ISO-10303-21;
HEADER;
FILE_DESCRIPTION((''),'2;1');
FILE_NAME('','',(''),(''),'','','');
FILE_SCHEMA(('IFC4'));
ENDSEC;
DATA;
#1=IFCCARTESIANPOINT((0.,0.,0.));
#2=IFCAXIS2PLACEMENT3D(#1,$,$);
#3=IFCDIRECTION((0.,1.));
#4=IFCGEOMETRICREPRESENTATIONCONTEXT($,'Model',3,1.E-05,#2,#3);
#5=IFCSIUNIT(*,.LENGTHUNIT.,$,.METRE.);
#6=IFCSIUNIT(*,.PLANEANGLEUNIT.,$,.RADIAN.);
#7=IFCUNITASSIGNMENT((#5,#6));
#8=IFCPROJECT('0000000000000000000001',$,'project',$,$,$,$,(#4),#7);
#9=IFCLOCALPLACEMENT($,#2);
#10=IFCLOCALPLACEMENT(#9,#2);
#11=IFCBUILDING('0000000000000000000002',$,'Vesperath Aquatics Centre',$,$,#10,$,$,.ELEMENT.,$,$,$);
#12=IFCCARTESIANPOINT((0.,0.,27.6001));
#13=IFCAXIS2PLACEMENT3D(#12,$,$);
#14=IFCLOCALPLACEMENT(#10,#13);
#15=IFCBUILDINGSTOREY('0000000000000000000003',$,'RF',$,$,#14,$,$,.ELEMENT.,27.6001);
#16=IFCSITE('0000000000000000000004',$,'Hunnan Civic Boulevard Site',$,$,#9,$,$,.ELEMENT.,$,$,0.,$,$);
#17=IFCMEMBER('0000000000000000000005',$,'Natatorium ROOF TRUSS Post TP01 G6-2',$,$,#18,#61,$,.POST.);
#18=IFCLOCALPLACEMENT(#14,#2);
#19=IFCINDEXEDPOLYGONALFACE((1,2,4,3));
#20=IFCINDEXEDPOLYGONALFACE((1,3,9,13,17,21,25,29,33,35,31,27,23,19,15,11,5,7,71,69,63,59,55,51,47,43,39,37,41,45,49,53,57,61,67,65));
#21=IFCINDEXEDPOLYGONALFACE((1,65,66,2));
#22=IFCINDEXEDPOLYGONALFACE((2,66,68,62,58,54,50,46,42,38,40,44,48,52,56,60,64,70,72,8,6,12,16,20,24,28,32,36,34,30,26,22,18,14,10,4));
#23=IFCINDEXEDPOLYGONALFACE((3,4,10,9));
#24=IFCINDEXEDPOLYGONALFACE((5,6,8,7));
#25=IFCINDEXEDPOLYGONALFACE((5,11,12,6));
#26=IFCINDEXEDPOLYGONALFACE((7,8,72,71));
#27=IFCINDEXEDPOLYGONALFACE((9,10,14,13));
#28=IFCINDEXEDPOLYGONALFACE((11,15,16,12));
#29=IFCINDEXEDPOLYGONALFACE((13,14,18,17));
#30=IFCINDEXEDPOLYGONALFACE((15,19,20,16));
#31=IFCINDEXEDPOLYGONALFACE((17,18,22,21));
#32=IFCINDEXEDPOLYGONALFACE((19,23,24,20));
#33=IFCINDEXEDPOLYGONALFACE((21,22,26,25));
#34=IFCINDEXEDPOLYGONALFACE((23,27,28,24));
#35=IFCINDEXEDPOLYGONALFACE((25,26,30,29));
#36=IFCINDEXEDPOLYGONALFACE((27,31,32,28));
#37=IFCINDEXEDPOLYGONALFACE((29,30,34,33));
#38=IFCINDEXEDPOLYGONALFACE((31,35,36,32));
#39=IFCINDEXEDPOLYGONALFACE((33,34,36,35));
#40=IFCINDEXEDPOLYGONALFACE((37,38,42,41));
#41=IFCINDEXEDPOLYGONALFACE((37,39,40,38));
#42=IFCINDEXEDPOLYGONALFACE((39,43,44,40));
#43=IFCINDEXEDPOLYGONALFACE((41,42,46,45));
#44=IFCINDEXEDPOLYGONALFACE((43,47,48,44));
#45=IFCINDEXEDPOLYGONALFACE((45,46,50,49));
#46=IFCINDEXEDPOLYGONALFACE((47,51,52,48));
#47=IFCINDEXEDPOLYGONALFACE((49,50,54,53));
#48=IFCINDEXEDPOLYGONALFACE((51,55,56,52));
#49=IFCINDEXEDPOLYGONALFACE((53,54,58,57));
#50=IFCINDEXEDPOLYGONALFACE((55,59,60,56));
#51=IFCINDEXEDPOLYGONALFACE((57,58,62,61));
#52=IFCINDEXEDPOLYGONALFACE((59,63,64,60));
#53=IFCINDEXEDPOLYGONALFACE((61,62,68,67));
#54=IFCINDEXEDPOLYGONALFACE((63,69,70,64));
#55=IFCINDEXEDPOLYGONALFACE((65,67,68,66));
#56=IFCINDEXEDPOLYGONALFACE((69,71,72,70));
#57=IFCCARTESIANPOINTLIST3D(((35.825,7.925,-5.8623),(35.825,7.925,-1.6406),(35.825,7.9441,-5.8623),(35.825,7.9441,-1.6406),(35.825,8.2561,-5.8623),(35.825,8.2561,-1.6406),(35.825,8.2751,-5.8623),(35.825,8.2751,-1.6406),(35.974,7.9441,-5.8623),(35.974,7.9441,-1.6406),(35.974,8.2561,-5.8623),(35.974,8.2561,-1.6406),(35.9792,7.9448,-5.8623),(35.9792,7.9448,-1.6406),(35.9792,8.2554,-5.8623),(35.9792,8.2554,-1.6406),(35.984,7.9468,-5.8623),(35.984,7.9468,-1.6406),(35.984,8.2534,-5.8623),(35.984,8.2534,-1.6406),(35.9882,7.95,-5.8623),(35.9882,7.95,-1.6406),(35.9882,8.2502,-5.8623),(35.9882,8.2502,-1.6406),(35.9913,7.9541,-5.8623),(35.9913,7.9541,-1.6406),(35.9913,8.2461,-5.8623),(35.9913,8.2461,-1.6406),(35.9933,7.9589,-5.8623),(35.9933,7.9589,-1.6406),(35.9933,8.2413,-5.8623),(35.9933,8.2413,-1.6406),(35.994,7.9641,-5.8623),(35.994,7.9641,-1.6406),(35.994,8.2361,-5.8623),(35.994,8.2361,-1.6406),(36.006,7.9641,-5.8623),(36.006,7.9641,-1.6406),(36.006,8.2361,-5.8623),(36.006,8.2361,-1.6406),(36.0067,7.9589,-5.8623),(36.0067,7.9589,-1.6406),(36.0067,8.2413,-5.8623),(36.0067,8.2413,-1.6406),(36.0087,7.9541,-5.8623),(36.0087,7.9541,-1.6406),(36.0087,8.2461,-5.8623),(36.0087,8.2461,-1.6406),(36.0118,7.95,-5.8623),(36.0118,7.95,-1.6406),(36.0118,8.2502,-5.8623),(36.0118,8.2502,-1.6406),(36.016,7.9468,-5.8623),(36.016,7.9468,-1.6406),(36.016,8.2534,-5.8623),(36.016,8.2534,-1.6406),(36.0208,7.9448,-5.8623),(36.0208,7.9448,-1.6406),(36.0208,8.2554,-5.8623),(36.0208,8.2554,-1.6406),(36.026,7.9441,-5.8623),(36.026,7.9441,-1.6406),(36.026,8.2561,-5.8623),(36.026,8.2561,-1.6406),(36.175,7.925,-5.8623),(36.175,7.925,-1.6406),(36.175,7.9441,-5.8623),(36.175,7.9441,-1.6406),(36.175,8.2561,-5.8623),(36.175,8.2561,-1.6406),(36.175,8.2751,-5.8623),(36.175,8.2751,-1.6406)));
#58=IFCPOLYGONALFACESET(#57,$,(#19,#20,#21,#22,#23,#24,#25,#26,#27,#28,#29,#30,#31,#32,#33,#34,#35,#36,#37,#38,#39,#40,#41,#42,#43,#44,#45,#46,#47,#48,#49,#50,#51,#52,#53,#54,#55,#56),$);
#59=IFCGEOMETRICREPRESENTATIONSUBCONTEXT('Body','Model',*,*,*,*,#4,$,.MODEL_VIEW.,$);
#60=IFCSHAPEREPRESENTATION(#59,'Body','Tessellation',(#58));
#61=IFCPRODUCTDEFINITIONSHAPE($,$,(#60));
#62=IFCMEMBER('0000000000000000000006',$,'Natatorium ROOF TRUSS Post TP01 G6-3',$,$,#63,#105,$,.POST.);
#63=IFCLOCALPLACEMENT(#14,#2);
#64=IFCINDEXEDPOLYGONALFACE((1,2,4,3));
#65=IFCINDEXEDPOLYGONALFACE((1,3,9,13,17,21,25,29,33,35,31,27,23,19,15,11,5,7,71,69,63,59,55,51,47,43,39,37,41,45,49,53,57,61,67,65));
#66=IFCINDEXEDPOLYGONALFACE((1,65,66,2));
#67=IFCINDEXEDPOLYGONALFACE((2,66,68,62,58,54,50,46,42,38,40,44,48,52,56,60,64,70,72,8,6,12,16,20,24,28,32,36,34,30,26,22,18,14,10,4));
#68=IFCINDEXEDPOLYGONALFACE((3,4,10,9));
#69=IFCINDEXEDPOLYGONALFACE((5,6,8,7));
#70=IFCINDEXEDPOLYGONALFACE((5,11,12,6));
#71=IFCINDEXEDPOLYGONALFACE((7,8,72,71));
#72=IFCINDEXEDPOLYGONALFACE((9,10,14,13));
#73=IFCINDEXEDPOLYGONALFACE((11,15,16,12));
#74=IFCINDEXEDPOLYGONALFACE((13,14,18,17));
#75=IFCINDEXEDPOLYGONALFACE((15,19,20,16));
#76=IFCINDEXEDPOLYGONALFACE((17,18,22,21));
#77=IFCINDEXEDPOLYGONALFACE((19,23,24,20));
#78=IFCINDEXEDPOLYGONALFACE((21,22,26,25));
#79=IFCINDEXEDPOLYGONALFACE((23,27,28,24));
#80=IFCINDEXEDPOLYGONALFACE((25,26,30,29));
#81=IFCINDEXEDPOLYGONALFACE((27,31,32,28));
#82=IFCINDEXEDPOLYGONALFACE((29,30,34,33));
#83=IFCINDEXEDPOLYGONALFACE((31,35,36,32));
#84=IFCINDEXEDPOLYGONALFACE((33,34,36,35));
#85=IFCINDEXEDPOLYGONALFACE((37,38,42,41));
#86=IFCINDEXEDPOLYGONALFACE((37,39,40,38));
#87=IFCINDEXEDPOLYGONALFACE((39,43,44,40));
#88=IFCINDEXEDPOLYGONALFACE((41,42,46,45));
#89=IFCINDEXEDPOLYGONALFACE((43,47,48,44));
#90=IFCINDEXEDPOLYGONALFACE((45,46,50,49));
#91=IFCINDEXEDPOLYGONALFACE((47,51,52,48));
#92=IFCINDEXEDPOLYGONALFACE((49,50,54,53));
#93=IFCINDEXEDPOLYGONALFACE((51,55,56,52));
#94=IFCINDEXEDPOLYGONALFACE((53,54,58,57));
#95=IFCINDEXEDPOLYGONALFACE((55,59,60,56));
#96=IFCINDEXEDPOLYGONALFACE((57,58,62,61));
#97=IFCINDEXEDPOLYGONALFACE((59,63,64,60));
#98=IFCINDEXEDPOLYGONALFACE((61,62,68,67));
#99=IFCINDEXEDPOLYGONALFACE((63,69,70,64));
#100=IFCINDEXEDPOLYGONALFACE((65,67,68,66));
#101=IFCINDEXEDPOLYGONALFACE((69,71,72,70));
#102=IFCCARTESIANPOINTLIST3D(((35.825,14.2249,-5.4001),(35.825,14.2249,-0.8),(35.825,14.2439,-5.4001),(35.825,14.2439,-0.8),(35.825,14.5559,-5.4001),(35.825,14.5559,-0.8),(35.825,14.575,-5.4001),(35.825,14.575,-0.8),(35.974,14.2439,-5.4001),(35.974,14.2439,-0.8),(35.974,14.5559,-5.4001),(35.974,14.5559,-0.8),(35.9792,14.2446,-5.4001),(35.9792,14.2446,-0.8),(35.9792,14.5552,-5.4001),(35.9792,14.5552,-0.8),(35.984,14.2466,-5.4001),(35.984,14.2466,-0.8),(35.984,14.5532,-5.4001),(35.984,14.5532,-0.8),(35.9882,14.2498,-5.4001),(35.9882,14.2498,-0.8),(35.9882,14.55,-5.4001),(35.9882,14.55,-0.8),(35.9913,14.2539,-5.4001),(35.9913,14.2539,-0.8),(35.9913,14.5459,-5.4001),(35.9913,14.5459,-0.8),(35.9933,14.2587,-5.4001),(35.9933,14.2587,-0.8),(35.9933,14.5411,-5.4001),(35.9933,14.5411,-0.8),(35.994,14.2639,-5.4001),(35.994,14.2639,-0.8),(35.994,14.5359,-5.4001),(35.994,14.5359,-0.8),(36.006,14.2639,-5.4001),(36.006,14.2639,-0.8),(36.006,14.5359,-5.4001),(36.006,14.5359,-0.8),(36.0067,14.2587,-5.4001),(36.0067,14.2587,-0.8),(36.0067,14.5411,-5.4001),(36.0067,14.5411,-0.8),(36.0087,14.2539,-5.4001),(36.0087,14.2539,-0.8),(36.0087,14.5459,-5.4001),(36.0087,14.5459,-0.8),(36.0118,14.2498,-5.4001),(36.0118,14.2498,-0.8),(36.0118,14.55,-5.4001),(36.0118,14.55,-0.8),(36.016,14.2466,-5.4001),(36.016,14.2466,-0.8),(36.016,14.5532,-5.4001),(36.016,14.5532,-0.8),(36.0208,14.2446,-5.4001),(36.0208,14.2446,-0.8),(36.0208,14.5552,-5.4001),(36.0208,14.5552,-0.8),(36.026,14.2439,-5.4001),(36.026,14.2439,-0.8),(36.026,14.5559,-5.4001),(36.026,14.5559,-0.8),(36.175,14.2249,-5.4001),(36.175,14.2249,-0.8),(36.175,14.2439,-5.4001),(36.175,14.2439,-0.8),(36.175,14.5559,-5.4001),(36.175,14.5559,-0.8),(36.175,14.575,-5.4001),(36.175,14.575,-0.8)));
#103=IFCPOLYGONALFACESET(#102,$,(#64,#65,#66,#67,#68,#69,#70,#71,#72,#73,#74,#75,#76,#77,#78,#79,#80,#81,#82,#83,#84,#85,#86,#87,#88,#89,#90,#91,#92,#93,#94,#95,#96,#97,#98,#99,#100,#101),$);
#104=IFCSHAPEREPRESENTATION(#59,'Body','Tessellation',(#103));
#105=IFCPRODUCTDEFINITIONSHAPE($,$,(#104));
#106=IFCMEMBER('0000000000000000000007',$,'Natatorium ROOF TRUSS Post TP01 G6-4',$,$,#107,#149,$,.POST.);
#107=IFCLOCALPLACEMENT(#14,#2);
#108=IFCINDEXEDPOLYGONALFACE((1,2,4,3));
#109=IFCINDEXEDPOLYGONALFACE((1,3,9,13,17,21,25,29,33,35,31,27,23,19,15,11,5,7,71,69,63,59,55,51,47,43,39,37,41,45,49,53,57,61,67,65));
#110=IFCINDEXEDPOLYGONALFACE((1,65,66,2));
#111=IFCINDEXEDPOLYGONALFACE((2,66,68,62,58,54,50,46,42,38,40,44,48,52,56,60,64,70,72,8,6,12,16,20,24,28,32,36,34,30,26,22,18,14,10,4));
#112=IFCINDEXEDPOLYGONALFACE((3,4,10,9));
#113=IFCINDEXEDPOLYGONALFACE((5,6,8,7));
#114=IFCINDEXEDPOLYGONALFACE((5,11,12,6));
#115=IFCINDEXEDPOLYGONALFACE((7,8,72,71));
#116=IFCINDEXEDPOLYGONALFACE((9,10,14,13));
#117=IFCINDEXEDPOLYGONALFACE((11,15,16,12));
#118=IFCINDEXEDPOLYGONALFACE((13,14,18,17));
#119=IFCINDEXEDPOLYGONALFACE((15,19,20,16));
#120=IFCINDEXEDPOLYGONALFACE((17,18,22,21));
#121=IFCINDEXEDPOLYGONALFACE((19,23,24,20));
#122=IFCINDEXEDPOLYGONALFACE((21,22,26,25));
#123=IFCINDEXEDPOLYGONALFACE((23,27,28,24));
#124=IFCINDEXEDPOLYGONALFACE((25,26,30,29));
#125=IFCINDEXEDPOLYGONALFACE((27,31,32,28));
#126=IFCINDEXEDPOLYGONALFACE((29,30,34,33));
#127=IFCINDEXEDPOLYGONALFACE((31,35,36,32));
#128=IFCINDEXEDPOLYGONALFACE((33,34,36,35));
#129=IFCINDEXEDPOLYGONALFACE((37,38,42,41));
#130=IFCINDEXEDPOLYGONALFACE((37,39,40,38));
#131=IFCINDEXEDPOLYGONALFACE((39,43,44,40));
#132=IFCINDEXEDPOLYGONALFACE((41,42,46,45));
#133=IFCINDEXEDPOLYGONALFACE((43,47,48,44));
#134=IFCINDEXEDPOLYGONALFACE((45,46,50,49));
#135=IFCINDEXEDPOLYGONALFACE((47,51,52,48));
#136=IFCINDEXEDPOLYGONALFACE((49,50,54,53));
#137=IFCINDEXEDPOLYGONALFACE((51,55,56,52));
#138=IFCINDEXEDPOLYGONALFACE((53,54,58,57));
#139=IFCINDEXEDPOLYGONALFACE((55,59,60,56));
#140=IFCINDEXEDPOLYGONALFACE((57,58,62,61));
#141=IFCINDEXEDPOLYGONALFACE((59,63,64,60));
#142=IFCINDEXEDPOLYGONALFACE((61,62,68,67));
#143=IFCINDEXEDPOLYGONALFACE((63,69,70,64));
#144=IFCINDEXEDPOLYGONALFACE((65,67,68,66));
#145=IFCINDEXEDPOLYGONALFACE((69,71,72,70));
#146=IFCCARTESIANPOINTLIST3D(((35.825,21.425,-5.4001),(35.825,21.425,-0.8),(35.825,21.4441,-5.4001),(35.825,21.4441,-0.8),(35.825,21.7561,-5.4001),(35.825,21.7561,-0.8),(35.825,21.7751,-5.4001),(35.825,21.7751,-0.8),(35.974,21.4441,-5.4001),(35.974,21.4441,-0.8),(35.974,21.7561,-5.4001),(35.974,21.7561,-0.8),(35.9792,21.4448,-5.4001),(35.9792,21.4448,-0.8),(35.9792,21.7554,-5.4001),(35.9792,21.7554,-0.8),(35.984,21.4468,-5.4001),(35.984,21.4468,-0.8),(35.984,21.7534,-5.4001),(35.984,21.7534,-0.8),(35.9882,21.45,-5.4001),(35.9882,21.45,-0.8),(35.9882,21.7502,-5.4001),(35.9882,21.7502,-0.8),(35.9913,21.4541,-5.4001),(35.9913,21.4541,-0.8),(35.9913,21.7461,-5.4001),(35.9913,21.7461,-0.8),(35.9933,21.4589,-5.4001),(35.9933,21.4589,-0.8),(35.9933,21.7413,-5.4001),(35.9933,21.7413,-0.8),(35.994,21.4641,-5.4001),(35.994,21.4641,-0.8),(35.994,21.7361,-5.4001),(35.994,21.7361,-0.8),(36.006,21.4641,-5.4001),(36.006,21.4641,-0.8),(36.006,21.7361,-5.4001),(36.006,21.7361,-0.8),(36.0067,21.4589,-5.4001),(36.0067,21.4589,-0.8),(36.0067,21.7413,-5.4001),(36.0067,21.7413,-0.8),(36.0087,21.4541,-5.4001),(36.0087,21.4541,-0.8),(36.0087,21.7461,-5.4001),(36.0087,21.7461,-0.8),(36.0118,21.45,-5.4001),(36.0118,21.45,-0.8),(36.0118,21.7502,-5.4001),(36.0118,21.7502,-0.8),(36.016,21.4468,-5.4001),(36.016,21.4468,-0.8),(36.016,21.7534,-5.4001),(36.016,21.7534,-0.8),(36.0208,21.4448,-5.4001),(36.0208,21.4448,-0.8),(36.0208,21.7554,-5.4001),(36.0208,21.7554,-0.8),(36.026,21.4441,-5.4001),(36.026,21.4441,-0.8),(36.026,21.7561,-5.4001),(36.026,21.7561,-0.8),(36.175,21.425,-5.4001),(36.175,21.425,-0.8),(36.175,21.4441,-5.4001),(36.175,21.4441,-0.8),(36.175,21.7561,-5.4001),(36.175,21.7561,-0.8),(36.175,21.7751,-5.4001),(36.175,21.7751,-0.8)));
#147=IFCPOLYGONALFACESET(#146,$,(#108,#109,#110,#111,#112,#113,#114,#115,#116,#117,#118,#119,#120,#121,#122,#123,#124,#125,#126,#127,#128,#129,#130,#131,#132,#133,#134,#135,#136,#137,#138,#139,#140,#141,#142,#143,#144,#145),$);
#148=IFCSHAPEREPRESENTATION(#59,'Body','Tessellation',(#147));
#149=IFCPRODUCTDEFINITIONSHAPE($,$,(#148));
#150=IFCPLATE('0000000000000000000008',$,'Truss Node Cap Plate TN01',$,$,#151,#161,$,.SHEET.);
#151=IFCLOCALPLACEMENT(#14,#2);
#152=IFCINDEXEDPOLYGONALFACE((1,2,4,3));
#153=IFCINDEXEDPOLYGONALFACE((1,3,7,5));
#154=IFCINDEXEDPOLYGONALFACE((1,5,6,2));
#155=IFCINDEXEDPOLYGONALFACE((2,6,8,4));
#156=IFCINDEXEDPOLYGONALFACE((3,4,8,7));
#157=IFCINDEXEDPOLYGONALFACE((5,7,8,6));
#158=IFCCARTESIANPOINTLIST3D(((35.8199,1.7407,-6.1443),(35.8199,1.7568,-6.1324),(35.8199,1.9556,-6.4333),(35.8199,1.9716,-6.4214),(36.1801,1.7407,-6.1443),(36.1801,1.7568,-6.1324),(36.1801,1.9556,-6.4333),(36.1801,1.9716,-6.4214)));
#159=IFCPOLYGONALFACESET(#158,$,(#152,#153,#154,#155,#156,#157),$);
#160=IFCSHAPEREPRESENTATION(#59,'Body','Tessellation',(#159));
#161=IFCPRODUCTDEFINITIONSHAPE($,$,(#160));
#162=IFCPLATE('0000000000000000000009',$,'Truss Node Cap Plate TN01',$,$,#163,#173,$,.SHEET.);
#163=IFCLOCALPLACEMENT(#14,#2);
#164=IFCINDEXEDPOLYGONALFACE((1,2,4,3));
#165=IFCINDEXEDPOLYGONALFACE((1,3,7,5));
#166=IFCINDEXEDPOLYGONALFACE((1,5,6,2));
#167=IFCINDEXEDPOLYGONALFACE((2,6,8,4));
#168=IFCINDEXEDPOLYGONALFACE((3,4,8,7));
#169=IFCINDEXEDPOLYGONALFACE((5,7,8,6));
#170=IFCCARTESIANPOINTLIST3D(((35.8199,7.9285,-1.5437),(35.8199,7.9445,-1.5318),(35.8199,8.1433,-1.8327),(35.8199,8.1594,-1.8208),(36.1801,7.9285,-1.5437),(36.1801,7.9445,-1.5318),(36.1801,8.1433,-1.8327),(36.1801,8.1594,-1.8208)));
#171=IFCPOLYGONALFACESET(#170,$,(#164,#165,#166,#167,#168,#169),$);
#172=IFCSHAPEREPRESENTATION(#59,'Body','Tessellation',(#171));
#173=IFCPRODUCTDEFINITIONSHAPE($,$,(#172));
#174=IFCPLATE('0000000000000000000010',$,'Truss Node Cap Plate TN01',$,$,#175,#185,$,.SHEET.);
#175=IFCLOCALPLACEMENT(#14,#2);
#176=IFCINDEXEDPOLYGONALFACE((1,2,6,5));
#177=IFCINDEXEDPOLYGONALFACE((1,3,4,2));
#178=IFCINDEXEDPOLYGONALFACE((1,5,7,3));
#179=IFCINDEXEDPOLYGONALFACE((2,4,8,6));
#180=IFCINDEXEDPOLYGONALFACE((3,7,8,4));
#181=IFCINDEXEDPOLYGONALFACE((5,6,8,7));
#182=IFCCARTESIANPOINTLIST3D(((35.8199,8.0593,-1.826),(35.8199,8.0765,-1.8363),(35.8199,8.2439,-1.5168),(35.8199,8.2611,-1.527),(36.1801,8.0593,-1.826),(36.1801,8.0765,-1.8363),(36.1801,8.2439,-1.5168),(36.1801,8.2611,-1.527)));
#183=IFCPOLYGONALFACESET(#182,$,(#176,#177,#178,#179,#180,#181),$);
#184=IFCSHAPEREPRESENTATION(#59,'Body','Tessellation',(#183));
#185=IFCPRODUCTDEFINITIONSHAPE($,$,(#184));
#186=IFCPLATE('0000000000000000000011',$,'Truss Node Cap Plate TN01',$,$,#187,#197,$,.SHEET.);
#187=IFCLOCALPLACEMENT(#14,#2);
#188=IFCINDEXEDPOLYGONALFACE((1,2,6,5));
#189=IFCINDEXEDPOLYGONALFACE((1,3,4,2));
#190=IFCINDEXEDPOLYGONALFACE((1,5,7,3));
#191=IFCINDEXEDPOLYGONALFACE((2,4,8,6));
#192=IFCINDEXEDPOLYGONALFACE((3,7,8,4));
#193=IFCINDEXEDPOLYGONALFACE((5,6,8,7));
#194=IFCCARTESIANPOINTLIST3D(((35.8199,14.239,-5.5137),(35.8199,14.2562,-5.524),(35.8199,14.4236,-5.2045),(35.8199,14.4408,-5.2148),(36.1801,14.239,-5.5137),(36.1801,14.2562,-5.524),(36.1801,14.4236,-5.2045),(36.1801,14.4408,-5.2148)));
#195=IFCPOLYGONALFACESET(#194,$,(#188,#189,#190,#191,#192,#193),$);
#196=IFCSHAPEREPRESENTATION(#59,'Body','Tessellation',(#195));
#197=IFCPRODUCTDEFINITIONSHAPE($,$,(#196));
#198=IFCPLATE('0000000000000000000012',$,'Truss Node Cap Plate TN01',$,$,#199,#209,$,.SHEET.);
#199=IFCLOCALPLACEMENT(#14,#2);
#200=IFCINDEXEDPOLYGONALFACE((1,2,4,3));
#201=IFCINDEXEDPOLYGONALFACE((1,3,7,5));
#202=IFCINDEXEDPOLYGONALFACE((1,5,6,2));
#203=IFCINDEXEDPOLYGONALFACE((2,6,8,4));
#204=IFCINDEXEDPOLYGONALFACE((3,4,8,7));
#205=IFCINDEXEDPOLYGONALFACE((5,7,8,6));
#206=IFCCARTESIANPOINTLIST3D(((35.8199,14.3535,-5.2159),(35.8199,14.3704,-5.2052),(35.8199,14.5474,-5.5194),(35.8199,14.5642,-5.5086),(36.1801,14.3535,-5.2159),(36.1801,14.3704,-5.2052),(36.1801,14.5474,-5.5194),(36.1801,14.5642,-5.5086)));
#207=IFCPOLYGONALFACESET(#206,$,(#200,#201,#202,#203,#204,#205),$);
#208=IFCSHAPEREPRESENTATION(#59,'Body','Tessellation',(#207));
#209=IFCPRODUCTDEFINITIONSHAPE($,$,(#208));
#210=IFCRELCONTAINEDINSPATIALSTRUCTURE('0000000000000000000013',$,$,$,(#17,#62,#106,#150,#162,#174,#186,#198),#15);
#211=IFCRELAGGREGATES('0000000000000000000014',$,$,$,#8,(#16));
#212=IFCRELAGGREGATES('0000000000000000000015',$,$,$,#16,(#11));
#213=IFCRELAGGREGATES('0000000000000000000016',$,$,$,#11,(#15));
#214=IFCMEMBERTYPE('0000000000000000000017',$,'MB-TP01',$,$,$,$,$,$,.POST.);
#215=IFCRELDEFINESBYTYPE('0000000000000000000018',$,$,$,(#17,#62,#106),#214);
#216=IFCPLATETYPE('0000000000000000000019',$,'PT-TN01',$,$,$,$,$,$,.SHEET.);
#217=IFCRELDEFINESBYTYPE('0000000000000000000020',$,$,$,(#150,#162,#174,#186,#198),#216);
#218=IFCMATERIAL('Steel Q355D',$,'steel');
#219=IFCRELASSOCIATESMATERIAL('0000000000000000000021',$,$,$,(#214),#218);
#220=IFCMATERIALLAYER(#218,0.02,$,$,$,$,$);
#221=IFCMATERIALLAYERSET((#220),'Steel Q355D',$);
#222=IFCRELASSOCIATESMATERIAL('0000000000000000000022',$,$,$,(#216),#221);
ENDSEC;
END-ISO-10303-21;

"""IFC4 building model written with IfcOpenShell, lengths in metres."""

from ifc_helpers import new_model, si_unit, direction, frame, origin, origin_2d, place, context, subcontext, project, spatial, rectangle, i_section, extrude, material, layer, layer_set, material_profile, profile_set, type_object, element, save


model = new_model("IFC4")

# Units and contexts
model_context = context("Model", 3, precision=1e-05, world=origin(), true_north=direction((0.0, 1.0)))
body_context = subcontext(model_context, "Body", "Model", "MODEL_VIEW")
ifc_project = project(units=[si_unit("LENGTHUNIT", "METRE"), si_unit("PLANEANGLEUNIT", "RADIAN")], contexts=[model_context])

# Site, building, storey
site_placement = place(None, origin())
site = spatial("IfcSite", under=ifc_project, at=site_placement, Name="Hunnan Civic Boulevard Site", CompositionType="ELEMENT", RefElevation=0.0)
building_placement = place(site_placement, origin())
building = spatial("IfcBuilding", under=site, at=building_placement, Name="Vesperath Aquatics Centre", CompositionType="ELEMENT")
storey_placement = place(building_placement, frame((0.0, 0.0, 27.6001)))
storey = spatial("IfcBuildingStorey", under=building, at=storey_placement, Name="RF", CompositionType="ELEMENT", Elevation=27.6001)

# Members
ifc_material_1 = material(Name="Steel Q355D", Category="steel")
ifc_material_profile_1 = material_profile(ifc_material_1, i_section(OverallWidth=0.3501, OverallDepth=0.3501, WebThickness=0.012, FlangeThickness=0.019, FilletRadius=0.02, at=origin_2d()), Name="HW 350x350x12x19")
ifc_profile_set_1 = profile_set([ifc_material_profile_1], Name="Steel Q355D")
member_type_1 = type_object("IfcMemberType", Name="MB-TP01", PredefinedType="POST", material=ifc_profile_set_1)
member_1_placement = place(storey_placement, frame((36.0, 8.1001, -5.8623), z_axis=(0.0, 0.0, 1.0), x_axis=(1.0, 0.0, 0.0)))
element("IfcMember", 1, at=member_1_placement, inside=storey, type_object=member_type_1, Name="Natatorium ROOF TRUSS Post TP01 G6-2", PredefinedType="POST", context=body_context, shape_type="SweptSolid", body=[
    extrude(i_section(OverallWidth=0.3501, OverallDepth=0.3501, WebThickness=0.012, FlangeThickness=0.019, FilletRadius=0.02, at=origin_2d()), origin(), (0.0, 0.0, 1.0), 4.2217),
])
for number, where, z_axis, x_axis, name in (
    (2, (36.0, 14.3999, -5.4001), (0.0, 0.0, 1.0), (1.0, 0.0, 0.0), "Natatorium ROOF TRUSS Post TP01 G6-3"),
    (3, (36.0, 21.6001, -5.4001), (0.0, 0.0, 1.0), (1.0, 0.0, 0.0), "Natatorium ROOF TRUSS Post TP01 G6-4"),
):
    element("IfcMember", number, at=place(storey_placement, frame(where, z_axis=z_axis, x_axis=x_axis)), inside=storey, type_object=member_type_1, Name=name, PredefinedType="POST", context=body_context, shape_type="SweptSolid", body=[
        extrude(i_section(OverallWidth=0.3501, OverallDepth=0.3501, WebThickness=0.012, FlangeThickness=0.019, FilletRadius=0.02, at=origin_2d()), origin(), (0.0, 0.0, 1.0), 4.6001),
    ])

# Plates
ifc_layer_1 = layer(ifc_material_1, 0.02)
ifc_layer_set_1 = layer_set([ifc_layer_1], Name="Steel Q355D")
plate_type_1 = type_object("IfcPlateType", Name="PT-TN01", PredefinedType="SHEET", material=ifc_layer_set_1)
for number, where, z_axis, x_axis, name in (
    (4, (36.0, 1.8481, -6.2888), (0.0, 0.802494, 0.59666), (-1.0, 0.0, 0.0), "Truss Node Cap Plate TN01"),
    (5, (36.0, 8.0359, -1.6882), (0.0, 0.802494, 0.59666), (-1.0, 0.0, 0.0), "Truss Node Cap Plate TN01"),
    (6, (36.0, 8.1516, -1.6714), (0.0, 0.858729, -0.51243), (-1.0, 0.0, 0.0), "Truss Node Cap Plate TN01"),
    (7, (36.0, 14.3313, -5.3591), (0.0, 0.858729, -0.51243), (-1.0, 0.0, 0.0), "Truss Node Cap Plate TN01"),
    (8, (36.0, 14.4504, -5.3677), (0.0, 0.842696, 0.538389), (-1.0, 0.0, 0.0), "Truss Node Cap Plate TN01"),
):
    element("IfcPlate", number, at=place(storey_placement, frame(where, z_axis=z_axis, x_axis=x_axis)), inside=storey, type_object=plate_type_1, Name=name, PredefinedType="SHEET", context=body_context, shape_type="SweptSolid", body=[
        extrude(rectangle(XDim=0.3601, YDim=0.3601, at=origin_2d()), origin(), (0.0, 0.0, 1.0), 0.02),
    ])

save(model, "model.ifc")
